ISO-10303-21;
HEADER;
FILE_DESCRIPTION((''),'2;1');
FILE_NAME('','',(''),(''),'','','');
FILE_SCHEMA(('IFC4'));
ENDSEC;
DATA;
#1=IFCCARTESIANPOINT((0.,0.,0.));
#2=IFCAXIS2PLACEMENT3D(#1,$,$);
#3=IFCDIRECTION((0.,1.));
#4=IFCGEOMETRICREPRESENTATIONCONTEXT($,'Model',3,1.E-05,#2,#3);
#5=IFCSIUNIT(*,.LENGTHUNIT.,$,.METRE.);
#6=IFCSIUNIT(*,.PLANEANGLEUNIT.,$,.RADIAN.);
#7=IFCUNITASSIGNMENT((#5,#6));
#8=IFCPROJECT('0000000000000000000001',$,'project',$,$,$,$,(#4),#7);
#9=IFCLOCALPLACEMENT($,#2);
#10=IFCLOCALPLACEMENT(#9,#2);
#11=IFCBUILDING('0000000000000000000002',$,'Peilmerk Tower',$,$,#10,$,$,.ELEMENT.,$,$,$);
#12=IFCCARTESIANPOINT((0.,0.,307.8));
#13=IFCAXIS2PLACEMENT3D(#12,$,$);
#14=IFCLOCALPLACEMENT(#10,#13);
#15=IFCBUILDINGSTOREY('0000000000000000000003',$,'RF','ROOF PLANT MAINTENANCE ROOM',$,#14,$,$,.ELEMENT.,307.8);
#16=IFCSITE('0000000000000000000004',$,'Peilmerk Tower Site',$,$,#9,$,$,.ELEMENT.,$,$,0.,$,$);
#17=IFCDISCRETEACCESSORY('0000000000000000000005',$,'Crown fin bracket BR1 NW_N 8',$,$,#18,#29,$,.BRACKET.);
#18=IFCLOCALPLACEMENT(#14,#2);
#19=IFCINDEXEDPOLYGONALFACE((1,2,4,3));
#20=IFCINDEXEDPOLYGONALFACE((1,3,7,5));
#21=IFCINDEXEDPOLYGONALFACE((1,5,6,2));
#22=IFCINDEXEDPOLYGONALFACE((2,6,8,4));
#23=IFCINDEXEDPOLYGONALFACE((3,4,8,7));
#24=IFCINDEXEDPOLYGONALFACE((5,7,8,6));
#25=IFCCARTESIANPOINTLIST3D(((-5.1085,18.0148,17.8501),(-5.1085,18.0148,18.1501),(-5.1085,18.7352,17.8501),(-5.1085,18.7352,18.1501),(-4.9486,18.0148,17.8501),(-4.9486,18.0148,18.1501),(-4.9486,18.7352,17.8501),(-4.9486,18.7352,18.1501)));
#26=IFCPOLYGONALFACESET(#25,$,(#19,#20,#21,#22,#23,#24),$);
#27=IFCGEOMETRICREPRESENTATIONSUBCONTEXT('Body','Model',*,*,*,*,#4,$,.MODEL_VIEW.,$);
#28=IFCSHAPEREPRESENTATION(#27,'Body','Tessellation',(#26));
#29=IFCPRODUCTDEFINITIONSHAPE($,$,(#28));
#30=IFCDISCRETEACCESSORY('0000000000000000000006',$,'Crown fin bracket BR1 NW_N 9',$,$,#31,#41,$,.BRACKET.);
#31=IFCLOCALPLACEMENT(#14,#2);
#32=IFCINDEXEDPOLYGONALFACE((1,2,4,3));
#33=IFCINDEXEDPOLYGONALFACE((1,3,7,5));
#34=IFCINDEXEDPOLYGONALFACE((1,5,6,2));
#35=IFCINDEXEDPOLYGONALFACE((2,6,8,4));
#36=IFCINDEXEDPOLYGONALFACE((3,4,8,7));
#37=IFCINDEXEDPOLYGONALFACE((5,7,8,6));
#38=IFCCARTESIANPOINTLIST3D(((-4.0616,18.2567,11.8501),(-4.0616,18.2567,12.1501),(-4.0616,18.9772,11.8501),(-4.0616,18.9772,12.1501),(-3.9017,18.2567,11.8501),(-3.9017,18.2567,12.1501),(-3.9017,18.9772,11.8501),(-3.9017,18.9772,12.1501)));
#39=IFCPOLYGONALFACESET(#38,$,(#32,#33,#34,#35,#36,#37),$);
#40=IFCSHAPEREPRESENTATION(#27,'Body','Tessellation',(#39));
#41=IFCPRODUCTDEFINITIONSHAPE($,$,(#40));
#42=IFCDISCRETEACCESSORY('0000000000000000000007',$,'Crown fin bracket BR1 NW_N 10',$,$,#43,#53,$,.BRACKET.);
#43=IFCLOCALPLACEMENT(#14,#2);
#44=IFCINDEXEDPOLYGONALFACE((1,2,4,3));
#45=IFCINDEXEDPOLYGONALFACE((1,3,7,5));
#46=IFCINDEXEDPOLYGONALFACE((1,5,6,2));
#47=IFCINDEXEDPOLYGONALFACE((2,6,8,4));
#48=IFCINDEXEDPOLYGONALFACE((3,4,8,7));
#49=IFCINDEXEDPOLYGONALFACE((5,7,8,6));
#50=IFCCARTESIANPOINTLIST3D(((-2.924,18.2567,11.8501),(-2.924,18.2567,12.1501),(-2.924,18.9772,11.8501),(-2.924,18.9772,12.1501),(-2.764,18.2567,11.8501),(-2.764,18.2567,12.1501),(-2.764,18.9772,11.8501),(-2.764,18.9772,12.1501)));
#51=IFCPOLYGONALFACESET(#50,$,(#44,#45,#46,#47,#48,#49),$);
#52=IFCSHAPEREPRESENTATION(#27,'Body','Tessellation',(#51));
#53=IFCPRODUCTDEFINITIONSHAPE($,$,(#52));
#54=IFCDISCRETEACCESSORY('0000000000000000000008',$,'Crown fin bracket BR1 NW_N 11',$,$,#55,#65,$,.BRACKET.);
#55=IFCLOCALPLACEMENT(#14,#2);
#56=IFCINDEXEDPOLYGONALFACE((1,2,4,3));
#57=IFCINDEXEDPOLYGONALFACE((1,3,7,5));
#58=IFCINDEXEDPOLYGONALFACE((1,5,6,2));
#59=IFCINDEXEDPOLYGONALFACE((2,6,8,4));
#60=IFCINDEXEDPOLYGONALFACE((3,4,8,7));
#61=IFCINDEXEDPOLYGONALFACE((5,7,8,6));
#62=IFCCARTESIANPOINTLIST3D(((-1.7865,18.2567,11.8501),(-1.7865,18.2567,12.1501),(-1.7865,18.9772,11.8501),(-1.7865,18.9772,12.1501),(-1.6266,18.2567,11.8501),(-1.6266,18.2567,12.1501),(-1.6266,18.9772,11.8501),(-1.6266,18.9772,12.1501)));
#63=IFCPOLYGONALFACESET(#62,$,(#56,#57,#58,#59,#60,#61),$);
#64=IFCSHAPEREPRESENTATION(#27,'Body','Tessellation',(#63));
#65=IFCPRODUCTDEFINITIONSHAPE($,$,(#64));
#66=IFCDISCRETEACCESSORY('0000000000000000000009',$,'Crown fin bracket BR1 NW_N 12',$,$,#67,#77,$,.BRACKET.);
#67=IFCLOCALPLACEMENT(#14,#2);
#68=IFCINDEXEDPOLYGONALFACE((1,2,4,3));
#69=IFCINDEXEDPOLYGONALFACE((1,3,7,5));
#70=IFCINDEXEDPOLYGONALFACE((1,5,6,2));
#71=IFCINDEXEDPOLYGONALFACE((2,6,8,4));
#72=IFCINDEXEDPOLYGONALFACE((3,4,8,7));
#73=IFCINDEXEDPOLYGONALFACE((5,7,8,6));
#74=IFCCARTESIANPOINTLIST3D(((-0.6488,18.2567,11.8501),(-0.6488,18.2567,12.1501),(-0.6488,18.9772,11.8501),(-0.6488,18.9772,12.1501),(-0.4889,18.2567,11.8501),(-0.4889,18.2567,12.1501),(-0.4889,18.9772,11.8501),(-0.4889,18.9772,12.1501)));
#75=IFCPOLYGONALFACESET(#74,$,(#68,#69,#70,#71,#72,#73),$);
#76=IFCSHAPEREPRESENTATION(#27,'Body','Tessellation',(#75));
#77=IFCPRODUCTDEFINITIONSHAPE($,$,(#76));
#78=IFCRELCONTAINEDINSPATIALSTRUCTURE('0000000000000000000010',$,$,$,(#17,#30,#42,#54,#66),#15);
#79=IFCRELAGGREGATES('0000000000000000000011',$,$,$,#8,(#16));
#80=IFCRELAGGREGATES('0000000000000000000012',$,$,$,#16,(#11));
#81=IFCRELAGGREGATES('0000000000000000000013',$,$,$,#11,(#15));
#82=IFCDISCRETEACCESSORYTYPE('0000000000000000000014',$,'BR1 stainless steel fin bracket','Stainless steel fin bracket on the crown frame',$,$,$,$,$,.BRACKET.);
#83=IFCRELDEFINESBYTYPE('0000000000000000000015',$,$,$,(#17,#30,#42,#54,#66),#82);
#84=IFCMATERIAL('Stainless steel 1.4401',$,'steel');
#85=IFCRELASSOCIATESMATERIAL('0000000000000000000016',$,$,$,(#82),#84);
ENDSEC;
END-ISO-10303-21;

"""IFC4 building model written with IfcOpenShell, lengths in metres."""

from ifc_helpers import new_model, si_unit, direction, frame, origin, origin_2d, place, context, subcontext, project, spatial, rectangle, extrude, source, transform, mapped, material, type_object, element, save


model = new_model("IFC4")

# Units and contexts
model_context = context("Model", 3, precision=1e-05, world=origin(), true_north=direction((0.0, 1.0)))
body_context = subcontext(model_context, "Body", "Model", "MODEL_VIEW")
ifc_project = project(units=[si_unit("LENGTHUNIT", "METRE"), si_unit("PLANEANGLEUNIT", "RADIAN")], contexts=[model_context])

# Site, building, storey
site_placement = place(None, origin())
site = spatial("IfcSite", under=ifc_project, at=site_placement, Name="Peilmerk Tower Site", CompositionType="ELEMENT", RefElevation=0.0)
building_placement = place(site_placement, origin())
building = spatial("IfcBuilding", under=site, at=building_placement, Name="Peilmerk Tower", CompositionType="ELEMENT")
storey_placement = place(building_placement, frame((0.0, 0.0, 307.8)))
storey = spatial("IfcBuildingStorey", under=building, at=storey_placement, Name="RF", Description="ROOF PLANT MAINTENANCE ROOM", CompositionType="ELEMENT", Elevation=307.8)

# Discrete accessories
ifc_material_1 = material(Name="Stainless steel 1.4401", Category="steel")
discrete_accessory_type = type_object("IfcDiscreteAccessoryType", Name="BR1 stainless steel fin bracket", Description="Stainless steel fin bracket on the crown frame", PredefinedType="BRACKET", material=ifc_material_1)
shared_shape_1 = source(origin(), body_context, "Body", "SweptSolid", [
    extrude(rectangle(XDim=0.7205, YDim=0.1599, at=origin_2d()), origin(), (0.0, 0.0, 1.0), 0.3),
])
for number, where, z_axis, x_axis, name in (
    (1, (-5.0286, 18.375, 17.8501), (0.0, 0.0, 1.0), (0.0, 1.0, 0.0), "Crown fin bracket BR1 NW_N 8"),
    (2, (-3.9817, 18.6169, 11.8501), (0.0, 0.0, 1.0), (0.0, 1.0, 0.0), "Crown fin bracket BR1 NW_N 9"),
    (3, (-2.844, 18.6169, 11.8501), (0.0, 0.0, 1.0), (0.0, 1.0, 0.0), "Crown fin bracket BR1 NW_N 10"),
    (4, (-1.7065, 18.6169, 11.8501), (0.0, 0.0, 1.0), (0.0, 1.0, 0.0), "Crown fin bracket BR1 NW_N 11"),
    (5, (-0.5688, 18.6169, 11.8501), (0.0, 0.0, 1.0), (0.0, 1.0, 0.0), "Crown fin bracket BR1 NW_N 12"),
):
    element("IfcDiscreteAccessory", number, at=place(storey_placement, frame(where, z_axis=z_axis, x_axis=x_axis)), inside=storey, type_object=discrete_accessory_type, Name=name, PredefinedType="BRACKET", context=body_context, shape_type="MappedRepresentation", body=[
        mapped(shared_shape_1, transform((0.0, 0.0, 0.0), scale=1.0)),
    ])

save(model, "model.ifc")
